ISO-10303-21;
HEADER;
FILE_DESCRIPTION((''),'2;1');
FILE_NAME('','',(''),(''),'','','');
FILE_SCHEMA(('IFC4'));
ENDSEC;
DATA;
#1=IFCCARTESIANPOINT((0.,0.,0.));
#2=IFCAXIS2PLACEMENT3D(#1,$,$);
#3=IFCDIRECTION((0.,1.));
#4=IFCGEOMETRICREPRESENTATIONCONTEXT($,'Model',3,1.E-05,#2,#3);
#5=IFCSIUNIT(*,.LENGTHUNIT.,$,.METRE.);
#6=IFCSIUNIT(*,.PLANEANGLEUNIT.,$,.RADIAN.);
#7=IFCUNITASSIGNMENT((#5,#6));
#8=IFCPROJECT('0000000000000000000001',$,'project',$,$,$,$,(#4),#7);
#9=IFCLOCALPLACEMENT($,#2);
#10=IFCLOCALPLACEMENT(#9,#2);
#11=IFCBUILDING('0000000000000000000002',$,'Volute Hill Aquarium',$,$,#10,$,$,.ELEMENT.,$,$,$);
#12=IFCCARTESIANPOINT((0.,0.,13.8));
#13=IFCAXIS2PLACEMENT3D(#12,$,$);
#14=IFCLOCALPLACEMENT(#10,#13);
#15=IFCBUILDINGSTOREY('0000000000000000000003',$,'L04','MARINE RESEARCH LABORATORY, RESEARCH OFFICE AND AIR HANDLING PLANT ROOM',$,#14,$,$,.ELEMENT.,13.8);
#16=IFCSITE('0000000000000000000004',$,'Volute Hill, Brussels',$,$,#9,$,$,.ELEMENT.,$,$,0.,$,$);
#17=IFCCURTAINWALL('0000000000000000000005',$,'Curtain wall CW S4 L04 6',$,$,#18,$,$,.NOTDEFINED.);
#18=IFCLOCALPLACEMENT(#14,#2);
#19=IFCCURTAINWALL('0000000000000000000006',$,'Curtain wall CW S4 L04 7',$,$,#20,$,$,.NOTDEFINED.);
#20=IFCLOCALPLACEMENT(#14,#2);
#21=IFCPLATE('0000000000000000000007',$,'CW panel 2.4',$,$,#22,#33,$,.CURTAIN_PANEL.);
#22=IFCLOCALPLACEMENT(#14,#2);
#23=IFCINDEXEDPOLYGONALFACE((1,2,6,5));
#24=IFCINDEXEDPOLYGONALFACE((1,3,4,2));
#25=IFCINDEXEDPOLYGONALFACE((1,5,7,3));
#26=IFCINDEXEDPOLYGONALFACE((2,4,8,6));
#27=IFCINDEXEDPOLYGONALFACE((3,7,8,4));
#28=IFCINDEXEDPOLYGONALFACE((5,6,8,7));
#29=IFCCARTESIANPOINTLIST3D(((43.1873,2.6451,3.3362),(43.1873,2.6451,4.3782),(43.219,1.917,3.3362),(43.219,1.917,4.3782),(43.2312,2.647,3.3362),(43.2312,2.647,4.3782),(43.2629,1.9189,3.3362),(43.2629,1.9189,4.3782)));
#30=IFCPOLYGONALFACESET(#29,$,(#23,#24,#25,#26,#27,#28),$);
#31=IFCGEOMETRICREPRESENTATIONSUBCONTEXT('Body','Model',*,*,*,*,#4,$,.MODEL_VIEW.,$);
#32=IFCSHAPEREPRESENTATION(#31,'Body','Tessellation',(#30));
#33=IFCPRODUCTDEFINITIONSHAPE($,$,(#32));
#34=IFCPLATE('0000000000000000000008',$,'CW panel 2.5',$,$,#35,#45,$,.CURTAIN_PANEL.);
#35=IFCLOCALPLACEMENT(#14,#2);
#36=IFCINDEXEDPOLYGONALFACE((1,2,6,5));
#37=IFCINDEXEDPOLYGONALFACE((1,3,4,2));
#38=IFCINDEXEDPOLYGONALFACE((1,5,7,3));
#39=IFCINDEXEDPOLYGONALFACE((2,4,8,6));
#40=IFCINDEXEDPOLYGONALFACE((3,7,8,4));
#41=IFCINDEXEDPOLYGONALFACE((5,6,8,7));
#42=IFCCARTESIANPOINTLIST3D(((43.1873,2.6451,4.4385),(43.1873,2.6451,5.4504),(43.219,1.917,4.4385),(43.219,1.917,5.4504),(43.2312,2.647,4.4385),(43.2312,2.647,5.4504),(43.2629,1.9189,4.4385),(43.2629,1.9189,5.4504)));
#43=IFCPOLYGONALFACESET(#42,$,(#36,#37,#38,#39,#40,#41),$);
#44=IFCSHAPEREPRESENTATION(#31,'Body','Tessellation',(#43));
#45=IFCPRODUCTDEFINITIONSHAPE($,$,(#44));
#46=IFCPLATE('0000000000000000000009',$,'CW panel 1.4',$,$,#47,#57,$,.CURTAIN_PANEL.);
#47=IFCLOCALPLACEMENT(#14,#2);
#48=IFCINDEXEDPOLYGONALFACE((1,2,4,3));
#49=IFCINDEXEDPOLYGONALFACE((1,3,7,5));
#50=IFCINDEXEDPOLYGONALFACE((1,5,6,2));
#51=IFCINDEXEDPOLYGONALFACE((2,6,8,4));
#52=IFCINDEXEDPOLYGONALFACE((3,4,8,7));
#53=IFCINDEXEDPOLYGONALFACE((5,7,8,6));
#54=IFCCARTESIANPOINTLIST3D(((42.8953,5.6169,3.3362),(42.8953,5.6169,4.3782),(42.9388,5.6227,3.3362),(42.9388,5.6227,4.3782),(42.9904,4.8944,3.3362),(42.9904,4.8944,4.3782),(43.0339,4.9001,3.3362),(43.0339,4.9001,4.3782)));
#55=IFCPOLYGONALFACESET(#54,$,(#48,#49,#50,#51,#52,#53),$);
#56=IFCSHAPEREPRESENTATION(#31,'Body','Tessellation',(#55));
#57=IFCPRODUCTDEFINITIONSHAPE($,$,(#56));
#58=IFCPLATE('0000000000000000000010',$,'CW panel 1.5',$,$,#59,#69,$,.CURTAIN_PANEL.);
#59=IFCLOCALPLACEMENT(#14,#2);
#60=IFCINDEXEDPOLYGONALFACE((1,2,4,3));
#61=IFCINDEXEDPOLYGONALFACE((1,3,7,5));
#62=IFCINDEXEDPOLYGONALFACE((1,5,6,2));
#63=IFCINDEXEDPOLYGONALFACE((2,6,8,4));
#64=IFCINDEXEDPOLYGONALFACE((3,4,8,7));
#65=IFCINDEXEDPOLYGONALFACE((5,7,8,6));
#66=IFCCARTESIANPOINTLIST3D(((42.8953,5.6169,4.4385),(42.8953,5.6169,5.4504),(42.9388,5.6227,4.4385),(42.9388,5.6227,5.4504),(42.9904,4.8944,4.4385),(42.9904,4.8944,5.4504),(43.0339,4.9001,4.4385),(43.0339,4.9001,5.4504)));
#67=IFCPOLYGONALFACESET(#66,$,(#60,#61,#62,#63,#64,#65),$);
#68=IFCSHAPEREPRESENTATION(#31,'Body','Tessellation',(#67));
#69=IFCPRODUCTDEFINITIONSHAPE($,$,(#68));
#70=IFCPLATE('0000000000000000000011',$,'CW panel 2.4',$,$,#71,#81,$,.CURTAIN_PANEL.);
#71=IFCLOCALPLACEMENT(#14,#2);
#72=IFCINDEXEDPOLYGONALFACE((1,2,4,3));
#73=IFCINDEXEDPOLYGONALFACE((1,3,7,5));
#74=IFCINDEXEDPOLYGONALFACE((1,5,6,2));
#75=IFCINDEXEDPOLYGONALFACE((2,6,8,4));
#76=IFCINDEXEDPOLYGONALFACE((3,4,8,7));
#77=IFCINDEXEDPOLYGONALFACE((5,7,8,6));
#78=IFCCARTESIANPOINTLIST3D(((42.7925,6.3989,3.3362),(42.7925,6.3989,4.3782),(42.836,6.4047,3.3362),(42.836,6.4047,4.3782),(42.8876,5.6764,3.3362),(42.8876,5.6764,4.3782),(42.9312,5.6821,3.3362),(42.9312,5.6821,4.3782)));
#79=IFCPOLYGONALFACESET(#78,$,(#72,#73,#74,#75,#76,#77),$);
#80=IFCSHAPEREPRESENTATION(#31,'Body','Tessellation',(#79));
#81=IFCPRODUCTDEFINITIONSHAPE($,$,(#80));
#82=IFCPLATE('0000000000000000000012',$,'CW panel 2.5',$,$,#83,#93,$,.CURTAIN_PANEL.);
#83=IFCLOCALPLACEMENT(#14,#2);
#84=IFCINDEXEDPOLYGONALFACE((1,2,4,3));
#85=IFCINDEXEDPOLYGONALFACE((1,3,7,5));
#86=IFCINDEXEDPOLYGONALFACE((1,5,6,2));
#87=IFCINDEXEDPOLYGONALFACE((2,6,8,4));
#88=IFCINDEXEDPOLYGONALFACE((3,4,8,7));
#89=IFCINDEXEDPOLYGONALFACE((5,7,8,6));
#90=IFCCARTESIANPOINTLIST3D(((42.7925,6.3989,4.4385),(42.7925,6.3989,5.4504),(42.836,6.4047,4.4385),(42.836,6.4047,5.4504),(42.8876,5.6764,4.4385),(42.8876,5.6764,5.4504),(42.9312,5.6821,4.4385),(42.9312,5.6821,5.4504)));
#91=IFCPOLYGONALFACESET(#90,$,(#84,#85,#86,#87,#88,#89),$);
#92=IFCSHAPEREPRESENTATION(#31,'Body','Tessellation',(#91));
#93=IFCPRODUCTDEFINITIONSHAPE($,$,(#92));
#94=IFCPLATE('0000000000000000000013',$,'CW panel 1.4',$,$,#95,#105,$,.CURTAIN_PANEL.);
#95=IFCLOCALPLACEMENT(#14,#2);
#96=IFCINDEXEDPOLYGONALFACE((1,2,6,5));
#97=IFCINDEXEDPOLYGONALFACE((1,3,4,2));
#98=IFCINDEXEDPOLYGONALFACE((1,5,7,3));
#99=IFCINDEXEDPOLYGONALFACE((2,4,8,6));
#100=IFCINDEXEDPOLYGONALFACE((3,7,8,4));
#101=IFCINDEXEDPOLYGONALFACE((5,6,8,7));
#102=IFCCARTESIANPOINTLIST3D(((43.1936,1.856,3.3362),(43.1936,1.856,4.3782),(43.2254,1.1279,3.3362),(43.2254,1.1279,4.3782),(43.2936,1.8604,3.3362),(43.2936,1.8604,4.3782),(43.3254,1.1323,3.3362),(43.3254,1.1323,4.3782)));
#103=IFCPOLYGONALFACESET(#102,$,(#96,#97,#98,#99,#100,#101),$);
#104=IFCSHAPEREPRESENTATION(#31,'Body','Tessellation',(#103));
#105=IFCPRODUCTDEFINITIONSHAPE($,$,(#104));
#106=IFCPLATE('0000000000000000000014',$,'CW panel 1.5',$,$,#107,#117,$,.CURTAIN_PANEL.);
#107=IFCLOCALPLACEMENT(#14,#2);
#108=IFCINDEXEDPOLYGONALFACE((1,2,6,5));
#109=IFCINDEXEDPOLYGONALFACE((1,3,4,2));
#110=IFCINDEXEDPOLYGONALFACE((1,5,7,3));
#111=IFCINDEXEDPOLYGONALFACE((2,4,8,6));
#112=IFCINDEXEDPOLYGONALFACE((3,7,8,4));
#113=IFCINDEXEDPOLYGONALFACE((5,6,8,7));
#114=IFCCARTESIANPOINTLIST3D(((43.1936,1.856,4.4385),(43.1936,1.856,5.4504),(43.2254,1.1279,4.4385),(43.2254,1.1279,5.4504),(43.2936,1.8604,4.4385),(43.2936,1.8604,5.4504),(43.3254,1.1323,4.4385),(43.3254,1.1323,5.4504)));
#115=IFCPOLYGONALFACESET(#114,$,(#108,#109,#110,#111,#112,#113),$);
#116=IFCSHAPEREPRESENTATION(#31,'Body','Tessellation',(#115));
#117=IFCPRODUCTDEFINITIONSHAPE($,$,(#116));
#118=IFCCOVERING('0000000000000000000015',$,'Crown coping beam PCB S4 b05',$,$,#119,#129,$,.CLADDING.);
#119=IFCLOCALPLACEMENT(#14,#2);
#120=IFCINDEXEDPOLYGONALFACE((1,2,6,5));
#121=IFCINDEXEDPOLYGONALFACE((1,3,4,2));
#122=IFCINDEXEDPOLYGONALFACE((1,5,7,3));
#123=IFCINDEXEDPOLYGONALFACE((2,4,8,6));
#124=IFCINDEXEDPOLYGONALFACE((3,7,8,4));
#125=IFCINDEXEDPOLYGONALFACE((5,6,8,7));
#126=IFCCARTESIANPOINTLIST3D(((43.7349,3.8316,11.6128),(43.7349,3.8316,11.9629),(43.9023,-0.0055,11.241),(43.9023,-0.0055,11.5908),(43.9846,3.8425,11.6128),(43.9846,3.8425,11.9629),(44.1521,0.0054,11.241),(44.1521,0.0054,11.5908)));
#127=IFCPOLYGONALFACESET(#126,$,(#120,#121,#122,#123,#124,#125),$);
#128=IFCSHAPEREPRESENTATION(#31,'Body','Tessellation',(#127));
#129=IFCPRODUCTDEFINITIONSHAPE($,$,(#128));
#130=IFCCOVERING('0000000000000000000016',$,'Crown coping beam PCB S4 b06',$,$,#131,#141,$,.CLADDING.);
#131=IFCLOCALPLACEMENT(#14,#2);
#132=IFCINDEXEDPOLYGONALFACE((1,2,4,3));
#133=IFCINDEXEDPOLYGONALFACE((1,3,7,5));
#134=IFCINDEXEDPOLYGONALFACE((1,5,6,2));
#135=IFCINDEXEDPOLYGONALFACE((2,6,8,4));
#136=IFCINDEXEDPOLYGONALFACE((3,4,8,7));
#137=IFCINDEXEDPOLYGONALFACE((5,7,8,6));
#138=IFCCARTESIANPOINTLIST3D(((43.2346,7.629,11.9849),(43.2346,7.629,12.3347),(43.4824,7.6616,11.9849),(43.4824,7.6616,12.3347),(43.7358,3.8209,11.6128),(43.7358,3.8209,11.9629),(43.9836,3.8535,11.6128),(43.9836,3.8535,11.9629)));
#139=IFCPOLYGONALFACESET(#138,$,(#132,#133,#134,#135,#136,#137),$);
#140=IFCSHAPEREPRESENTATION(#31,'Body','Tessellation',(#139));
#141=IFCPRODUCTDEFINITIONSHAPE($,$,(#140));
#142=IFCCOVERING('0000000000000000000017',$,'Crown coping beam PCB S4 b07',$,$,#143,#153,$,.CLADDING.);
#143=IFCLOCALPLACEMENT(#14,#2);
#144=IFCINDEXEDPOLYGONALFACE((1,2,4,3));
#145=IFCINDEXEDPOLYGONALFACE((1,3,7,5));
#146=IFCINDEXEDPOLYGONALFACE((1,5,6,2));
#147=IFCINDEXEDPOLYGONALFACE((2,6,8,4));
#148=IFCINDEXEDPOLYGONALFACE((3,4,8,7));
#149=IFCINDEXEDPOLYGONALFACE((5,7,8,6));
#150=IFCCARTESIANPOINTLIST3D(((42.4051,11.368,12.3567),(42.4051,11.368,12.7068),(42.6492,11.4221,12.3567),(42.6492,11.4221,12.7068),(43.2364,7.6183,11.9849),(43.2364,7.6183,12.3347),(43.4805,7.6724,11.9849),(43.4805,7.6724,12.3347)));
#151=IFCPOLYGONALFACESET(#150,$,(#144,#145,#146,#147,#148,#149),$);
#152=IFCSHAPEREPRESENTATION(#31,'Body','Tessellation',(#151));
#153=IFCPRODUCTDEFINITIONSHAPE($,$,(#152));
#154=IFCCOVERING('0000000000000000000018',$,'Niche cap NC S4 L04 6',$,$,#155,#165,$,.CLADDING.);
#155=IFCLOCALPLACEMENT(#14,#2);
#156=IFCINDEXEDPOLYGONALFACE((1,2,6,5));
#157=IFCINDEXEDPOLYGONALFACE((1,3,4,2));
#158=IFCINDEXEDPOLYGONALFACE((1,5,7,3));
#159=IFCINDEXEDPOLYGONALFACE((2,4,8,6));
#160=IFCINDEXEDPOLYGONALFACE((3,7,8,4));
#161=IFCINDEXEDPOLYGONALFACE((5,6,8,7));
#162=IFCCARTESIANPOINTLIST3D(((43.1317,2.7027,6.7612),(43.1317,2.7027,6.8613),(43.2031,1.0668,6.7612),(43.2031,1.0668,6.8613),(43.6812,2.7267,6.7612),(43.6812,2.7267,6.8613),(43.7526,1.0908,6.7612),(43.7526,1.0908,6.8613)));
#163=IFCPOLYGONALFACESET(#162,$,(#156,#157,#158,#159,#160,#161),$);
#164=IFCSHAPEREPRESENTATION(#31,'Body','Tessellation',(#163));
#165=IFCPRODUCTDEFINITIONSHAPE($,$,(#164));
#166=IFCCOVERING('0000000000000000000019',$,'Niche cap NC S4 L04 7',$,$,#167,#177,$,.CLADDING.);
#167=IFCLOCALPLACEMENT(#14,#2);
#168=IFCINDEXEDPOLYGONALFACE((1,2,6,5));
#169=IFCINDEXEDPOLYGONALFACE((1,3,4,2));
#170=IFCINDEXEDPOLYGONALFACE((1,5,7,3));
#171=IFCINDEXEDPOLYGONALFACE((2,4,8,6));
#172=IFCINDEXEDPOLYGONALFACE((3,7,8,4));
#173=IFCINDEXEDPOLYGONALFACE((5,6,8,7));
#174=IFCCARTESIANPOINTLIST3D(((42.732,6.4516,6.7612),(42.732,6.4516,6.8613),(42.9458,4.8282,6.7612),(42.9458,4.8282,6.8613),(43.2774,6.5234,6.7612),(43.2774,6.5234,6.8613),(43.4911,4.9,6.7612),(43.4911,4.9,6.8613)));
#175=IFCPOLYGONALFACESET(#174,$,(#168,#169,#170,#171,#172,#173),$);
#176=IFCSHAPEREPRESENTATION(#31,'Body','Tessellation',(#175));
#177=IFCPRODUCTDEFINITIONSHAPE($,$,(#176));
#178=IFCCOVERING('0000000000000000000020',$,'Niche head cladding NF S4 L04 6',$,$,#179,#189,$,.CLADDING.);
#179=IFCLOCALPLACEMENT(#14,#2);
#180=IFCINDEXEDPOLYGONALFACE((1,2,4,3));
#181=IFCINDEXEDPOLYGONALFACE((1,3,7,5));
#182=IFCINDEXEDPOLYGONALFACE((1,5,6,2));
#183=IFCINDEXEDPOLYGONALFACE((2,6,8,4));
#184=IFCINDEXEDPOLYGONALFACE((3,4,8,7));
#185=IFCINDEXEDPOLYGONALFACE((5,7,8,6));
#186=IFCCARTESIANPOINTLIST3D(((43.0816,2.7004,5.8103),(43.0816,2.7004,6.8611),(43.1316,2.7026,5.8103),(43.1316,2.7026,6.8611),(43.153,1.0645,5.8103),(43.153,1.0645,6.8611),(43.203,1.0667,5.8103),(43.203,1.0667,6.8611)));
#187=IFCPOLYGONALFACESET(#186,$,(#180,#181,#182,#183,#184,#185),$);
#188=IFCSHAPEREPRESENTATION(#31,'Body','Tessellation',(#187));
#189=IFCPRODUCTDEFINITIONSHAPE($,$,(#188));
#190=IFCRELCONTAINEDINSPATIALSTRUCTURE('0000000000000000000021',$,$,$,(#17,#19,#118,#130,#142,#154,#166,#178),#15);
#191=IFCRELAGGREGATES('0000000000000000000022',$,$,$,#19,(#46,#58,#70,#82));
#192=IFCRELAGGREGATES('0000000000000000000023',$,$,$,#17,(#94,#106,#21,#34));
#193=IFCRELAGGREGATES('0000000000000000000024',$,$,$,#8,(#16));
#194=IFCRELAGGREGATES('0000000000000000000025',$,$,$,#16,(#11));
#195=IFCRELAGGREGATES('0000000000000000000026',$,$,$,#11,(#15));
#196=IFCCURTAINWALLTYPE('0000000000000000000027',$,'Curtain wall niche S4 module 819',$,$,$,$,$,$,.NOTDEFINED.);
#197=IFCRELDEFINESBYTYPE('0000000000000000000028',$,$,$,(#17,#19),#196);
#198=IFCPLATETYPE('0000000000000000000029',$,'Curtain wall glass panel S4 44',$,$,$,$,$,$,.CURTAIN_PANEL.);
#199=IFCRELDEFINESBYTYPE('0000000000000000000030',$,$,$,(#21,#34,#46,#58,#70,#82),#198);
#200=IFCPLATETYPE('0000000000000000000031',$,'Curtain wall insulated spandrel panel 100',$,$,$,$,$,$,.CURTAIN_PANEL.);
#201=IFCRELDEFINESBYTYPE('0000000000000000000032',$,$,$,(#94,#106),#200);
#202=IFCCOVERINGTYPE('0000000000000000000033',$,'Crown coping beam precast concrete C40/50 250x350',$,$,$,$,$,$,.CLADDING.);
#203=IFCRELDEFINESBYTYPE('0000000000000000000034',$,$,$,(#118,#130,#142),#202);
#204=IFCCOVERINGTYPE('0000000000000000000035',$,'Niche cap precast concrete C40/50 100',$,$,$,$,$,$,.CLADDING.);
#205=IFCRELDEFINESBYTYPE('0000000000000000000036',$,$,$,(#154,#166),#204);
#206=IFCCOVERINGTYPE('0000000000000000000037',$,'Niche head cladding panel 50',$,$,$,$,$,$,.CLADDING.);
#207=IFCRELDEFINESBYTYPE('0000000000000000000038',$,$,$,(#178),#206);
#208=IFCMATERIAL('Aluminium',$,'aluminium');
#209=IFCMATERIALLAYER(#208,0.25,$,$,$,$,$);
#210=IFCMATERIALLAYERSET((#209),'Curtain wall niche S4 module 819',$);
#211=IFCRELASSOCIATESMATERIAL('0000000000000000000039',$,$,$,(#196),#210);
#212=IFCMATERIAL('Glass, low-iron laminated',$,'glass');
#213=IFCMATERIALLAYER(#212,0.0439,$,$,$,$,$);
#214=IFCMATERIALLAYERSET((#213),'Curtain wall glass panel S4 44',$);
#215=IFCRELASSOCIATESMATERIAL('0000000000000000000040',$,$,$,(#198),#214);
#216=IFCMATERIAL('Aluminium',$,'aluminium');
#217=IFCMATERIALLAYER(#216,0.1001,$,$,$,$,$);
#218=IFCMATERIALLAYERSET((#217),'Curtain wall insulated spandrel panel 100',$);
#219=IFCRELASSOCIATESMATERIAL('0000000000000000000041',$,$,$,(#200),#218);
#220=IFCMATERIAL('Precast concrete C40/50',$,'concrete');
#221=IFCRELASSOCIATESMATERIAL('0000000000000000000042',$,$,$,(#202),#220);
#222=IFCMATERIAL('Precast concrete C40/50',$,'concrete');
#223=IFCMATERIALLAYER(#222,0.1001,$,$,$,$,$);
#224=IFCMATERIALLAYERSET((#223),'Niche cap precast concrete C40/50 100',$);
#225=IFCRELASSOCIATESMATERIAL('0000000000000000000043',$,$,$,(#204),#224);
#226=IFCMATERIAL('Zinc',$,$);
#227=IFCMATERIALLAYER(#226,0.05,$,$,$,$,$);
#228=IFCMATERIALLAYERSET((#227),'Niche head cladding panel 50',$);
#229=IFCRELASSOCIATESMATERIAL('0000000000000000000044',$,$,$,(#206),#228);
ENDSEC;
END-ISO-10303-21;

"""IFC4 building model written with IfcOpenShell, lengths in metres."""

from ifc_helpers import new_model, si_unit, direction, frame, origin, origin_2d, place, context, subcontext, project, spatial, polyline, rectangle, outline, extrude, material, layer, layer_set, type_object, element, aggregate, save


model = new_model("IFC4")

# Units and contexts
model_context = context("Model", 3, precision=1e-05, world=origin(), true_north=direction((0.0, 1.0)))
body_context = subcontext(model_context, "Body", "Model", "MODEL_VIEW")
ifc_project = project(units=[si_unit("LENGTHUNIT", "METRE"), si_unit("PLANEANGLEUNIT", "RADIAN")], contexts=[model_context])

# Site, building, storey
site_placement = place(None, origin())
site = spatial("IfcSite", under=ifc_project, at=site_placement, Name="Volute Hill, Brussels", CompositionType="ELEMENT", RefElevation=0.0)
building_placement = place(site_placement, origin())
building = spatial("IfcBuilding", under=site, at=building_placement, Name="Volute Hill Aquarium", CompositionType="ELEMENT")
storey_placement = place(building_placement, frame((0.0, 0.0, 13.8)))
storey = spatial("IfcBuildingStorey", under=building, at=storey_placement, Name="L04", Description="MARINE RESEARCH LABORATORY, RESEARCH OFFICE AND AIR HANDLING PLANT ROOM", CompositionType="ELEMENT", Elevation=13.8)

# Curtain walls
ifc_material_1 = material(Name="Aluminium", Category="aluminium")
ifc_layer_1 = layer(ifc_material_1, 0.25)
ifc_layer_set_1 = layer_set([ifc_layer_1], Name="Curtain wall niche S4 module 819")
curtain_wall_type = type_object("IfcCurtainWallType", Name="Curtain wall niche S4 module 819", PredefinedType="NOTDEFINED", material=ifc_layer_set_1)
curtain_wall_1_placement = place(storey_placement, origin())
curtain_wall_1 = element("IfcCurtainWall", 1, at=curtain_wall_1_placement, inside=storey, type_object=curtain_wall_type, Name="Curtain wall CW S4 L04 6", PredefinedType="NOTDEFINED")
curtain_wall_2_placement = place(storey_placement, origin())
curtain_wall_2 = element("IfcCurtainWall", 2, at=curtain_wall_2_placement, inside=storey, type_object=curtain_wall_type, Name="Curtain wall CW S4 L04 7", PredefinedType="NOTDEFINED")

# Plates
ifc_material_2 = material(Name="Glass, low-iron laminated", Category="glass")
ifc_layer_2 = layer(ifc_material_2, 0.0439)
ifc_layer_set_2 = layer_set([ifc_layer_2], Name="Curtain wall glass panel S4 44")
plate_type_1 = type_object("IfcPlateType", Name="Curtain wall glass panel S4 44", PredefinedType="CURTAIN_PANEL", material=ifc_layer_set_2)
plate_1_placement = place(storey_placement, frame((43.2251, 2.282, 3.3362), z_axis=(0.0, 0.0, 1.0), x_axis=(-0.043623, 0.999048, 0.0)))
plate_1 = element("IfcPlate", 3, at=plate_1_placement, type_object=plate_type_1, Name="CW panel 2.4", PredefinedType="CURTAIN_PANEL", context=body_context, shape_type="SweptSolid", body=[
    extrude(rectangle(XDim=0.7288, YDim=0.0439, at=origin_2d()), origin(), (0.0, 0.0, 1.0), 1.042),
])
plate_2_placement = place(storey_placement, frame((43.2251, 2.282, 4.4385), z_axis=(0.0, 0.0, 1.0), x_axis=(-0.043623, 0.999048, 0.0)))
plate_2 = element("IfcPlate", 4, at=plate_2_placement, type_object=plate_type_1, Name="CW panel 2.5", PredefinedType="CURTAIN_PANEL", context=body_context, shape_type="SweptSolid", body=[
    extrude(rectangle(XDim=0.7288, YDim=0.0439, at=origin_2d()), origin(), (0.0, 0.0, 1.0), 1.012),
])
plate_3_placement = place(storey_placement, frame((42.9646, 5.2585, 3.3362), z_axis=(0.0, 0.0, 1.0), x_axis=(-0.130516, 0.991446, 0.0)))
plate_3 = element("IfcPlate", 5, at=plate_3_placement, type_object=plate_type_1, Name="CW panel 1.4", PredefinedType="CURTAIN_PANEL", context=body_context, shape_type="SweptSolid", body=[
    extrude(rectangle(XDim=0.7288, YDim=0.0439, at=origin_2d()), origin(), (0.0, 0.0, 1.0), 1.042),
])
plate_4_placement = place(storey_placement, frame((42.9646, 5.2585, 4.4385), z_axis=(0.0, 0.0, 1.0), x_axis=(-0.130516, 0.991446, 0.0)))
plate_4 = element("IfcPlate", 6, at=plate_4_placement, type_object=plate_type_1, Name="CW panel 1.5", PredefinedType="CURTAIN_PANEL", context=body_context, shape_type="SweptSolid", body=[
    extrude(rectangle(XDim=0.7288, YDim=0.0439, at=origin_2d()), origin(), (0.0, 0.0, 1.0), 1.012),
])
plate_5_placement = place(storey_placement, frame((42.8618, 6.0405, 3.3362), z_axis=(0.0, 0.0, 1.0), x_axis=(-0.130516, 0.991446, 0.0)))
plate_5 = element("IfcPlate", 7, at=plate_5_placement, type_object=plate_type_1, Name="CW panel 2.4", PredefinedType="CURTAIN_PANEL", context=body_context, shape_type="SweptSolid", body=[
    extrude(rectangle(XDim=0.7288, YDim=0.0439, at=origin_2d()), origin(), (0.0, 0.0, 1.0), 1.042),
])
plate_6_placement = place(storey_placement, frame((42.8618, 6.0405, 4.4385), z_axis=(0.0, 0.0, 1.0), x_axis=(-0.130516, 0.991446, 0.0)))
plate_6 = element("IfcPlate", 8, at=plate_6_placement, type_object=plate_type_1, Name="CW panel 2.5", PredefinedType="CURTAIN_PANEL", context=body_context, shape_type="SweptSolid", body=[
    extrude(rectangle(XDim=0.7288, YDim=0.0439, at=origin_2d()), origin(), (0.0, 0.0, 1.0), 1.012),
])
aggregate(curtain_wall_2, [plate_3, plate_4, plate_5, plate_6])
ifc_material_3 = material(Name="Aluminium", Category="aluminium")
ifc_layer_3 = layer(ifc_material_3, 0.1001)
ifc_layer_set_3 = layer_set([ifc_layer_3], Name="Curtain wall insulated spandrel panel 100")
plate_type_2 = type_object("IfcPlateType", Name="Curtain wall insulated spandrel panel 100", PredefinedType="CURTAIN_PANEL", material=ifc_layer_set_3)
plate_7_placement = place(storey_placement, frame((43.2595, 1.4941, 3.3362), z_axis=(0.0, 0.0, 1.0), x_axis=(-0.043623, 0.999048, 0.0)))
plate_7 = element("IfcPlate", 9, at=plate_7_placement, type_object=plate_type_2, Name="CW panel 1.4", PredefinedType="CURTAIN_PANEL", context=body_context, shape_type="SweptSolid", body=[
    extrude(rectangle(XDim=0.7288, YDim=0.1001, at=origin_2d()), origin(), (0.0, 0.0, 1.0), 1.042),
])
plate_8_placement = place(storey_placement, frame((43.2595, 1.4941, 4.4385), z_axis=(0.0, 0.0, 1.0), x_axis=(-0.043623, 0.999048, 0.0)))
plate_8 = element("IfcPlate", 10, at=plate_8_placement, type_object=plate_type_2, Name="CW panel 1.5", PredefinedType="CURTAIN_PANEL", context=body_context, shape_type="SweptSolid", body=[
    extrude(rectangle(XDim=0.7288, YDim=0.1001, at=origin_2d()), origin(), (0.0, 0.0, 1.0), 1.012),
])
aggregate(curtain_wall_1, [plate_7, plate_8, plate_1, plate_2])

# Coverings
ifc_material_4 = material(Name="Precast concrete C40/50", Category="concrete")
covering_type_1 = type_object("IfcCoveringType", Name="Crown coping beam precast concrete C40/50 250x350", PredefinedType="CLADDING", material=ifc_material_4)
covering_1_placement = place(storey_placement, frame((44.1521, 0.0054, 11.241), z_axis=(0.999049, 0.043605, 0.0), x_axis=(-0.043403, 0.9944, 0.096359)))
element("IfcCovering", 11, at=covering_1_placement, inside=storey, type_object=covering_type_1, Name="Crown coping beam PCB S4 b05", PredefinedType="CLADDING", context=body_context, shape_type="SweptSolid", body=[
    extrude(outline(polyline([(0.0, 0.0), (3.8588, 0.0), (3.8925, 0.3485), (0.0337, 0.3482), (0.0, 0.0)])), origin(), (0.0, 0.0, -1.0), 0.25),
])
covering_2_placement = place(storey_placement, frame((43.9836, 3.8535, 11.6128), z_axis=(0.991449, 0.130494, 0.0), x_axis=(-0.129886, 0.98683, 0.096418)))
element("IfcCovering", 12, at=covering_2_placement, inside=storey, type_object=covering_type_1, Name="Crown coping beam PCB S4 b06", PredefinedType="CLADDING", context=body_context, shape_type="SweptSolid", body=[
    extrude(outline(polyline([(0.0, 0.0), (3.8589, 0.0), (3.8927, 0.3482), (0.0338, 0.3485), (0.0, 0.0)])), origin(), (0.0, 0.0, -1.0), 0.25),
])
covering_3_placement = place(storey_placement, frame((43.4805, 7.6724, 11.9849), z_axis=(0.976296, 0.216439, 0.0), x_axis=(-0.215432, 0.971753, 0.096359)))
element("IfcCovering", 13, at=covering_3_placement, inside=storey, type_object=covering_type_1, Name="Crown coping beam PCB S4 b07", PredefinedType="CLADDING", context=body_context, shape_type="SweptSolid", body=[
    extrude(outline(polyline([(0.0, 0.0), (3.8588, 0.0), (3.8925, 0.3485), (0.0337, 0.3482), (0.0, 0.0)])), origin(), (0.0, 0.0, -1.0), 0.25),
])
ifc_material_5 = material(Name="Precast concrete C40/50", Category="concrete")
ifc_layer_4 = layer(ifc_material_5, 0.1001)
ifc_layer_set_4 = layer_set([ifc_layer_4], Name="Niche cap precast concrete C40/50 100")
covering_type_2 = type_object("IfcCoveringType", Name="Niche cap precast concrete C40/50 100", PredefinedType="CLADDING", material=ifc_layer_set_4)
for number, where, z_axis, x_axis, name in (
    (14, (43.4421, 1.8967, 6.7612), (0.0, 0.0, 1.0), (-0.04362, 0.999048, 0.0), "Niche cap NC S4 L04 6"),
    (15, (43.1116, 5.6758, 6.7612), (0.0, 0.0, 1.0), (-0.130516, 0.991446, 0.0), "Niche cap NC S4 L04 7"),
):
    element("IfcCovering", number, at=place(storey_placement, frame(where, z_axis=z_axis, x_axis=x_axis)), inside=storey, type_object=covering_type_2, Name=name, PredefinedType="CLADDING", context=body_context, shape_type="SweptSolid", body=[
        extrude(rectangle(XDim=1.6375, YDim=0.55, at=origin_2d()), origin(), (0.0, 0.0, 1.0), 0.1001),
    ])
ifc_material_6 = material(Name="Zinc")
ifc_layer_5 = layer(ifc_material_6, 0.05)
ifc_layer_set_5 = layer_set([ifc_layer_5], Name="Niche head cladding panel 50")
covering_type_3 = type_object("IfcCoveringType", Name="Niche head cladding panel 50", PredefinedType="CLADDING", material=ifc_layer_set_5)
covering_4_placement = place(storey_placement, frame((43.1423, 1.8835, 5.8103), z_axis=(0.0, 0.0, 1.0), x_axis=(-0.04362, 0.999048, 0.0)))
element("IfcCovering", 16, at=covering_4_placement, inside=storey, type_object=covering_type_3, Name="Niche head cladding NF S4 L04 6", PredefinedType="CLADDING", context=body_context, shape_type="SweptSolid", body=[
    extrude(rectangle(XDim=1.6375, YDim=0.05, at=origin_2d()), origin(), (0.0, 0.0, 1.0), 1.0508),
])

save(model, "model.ifc")
